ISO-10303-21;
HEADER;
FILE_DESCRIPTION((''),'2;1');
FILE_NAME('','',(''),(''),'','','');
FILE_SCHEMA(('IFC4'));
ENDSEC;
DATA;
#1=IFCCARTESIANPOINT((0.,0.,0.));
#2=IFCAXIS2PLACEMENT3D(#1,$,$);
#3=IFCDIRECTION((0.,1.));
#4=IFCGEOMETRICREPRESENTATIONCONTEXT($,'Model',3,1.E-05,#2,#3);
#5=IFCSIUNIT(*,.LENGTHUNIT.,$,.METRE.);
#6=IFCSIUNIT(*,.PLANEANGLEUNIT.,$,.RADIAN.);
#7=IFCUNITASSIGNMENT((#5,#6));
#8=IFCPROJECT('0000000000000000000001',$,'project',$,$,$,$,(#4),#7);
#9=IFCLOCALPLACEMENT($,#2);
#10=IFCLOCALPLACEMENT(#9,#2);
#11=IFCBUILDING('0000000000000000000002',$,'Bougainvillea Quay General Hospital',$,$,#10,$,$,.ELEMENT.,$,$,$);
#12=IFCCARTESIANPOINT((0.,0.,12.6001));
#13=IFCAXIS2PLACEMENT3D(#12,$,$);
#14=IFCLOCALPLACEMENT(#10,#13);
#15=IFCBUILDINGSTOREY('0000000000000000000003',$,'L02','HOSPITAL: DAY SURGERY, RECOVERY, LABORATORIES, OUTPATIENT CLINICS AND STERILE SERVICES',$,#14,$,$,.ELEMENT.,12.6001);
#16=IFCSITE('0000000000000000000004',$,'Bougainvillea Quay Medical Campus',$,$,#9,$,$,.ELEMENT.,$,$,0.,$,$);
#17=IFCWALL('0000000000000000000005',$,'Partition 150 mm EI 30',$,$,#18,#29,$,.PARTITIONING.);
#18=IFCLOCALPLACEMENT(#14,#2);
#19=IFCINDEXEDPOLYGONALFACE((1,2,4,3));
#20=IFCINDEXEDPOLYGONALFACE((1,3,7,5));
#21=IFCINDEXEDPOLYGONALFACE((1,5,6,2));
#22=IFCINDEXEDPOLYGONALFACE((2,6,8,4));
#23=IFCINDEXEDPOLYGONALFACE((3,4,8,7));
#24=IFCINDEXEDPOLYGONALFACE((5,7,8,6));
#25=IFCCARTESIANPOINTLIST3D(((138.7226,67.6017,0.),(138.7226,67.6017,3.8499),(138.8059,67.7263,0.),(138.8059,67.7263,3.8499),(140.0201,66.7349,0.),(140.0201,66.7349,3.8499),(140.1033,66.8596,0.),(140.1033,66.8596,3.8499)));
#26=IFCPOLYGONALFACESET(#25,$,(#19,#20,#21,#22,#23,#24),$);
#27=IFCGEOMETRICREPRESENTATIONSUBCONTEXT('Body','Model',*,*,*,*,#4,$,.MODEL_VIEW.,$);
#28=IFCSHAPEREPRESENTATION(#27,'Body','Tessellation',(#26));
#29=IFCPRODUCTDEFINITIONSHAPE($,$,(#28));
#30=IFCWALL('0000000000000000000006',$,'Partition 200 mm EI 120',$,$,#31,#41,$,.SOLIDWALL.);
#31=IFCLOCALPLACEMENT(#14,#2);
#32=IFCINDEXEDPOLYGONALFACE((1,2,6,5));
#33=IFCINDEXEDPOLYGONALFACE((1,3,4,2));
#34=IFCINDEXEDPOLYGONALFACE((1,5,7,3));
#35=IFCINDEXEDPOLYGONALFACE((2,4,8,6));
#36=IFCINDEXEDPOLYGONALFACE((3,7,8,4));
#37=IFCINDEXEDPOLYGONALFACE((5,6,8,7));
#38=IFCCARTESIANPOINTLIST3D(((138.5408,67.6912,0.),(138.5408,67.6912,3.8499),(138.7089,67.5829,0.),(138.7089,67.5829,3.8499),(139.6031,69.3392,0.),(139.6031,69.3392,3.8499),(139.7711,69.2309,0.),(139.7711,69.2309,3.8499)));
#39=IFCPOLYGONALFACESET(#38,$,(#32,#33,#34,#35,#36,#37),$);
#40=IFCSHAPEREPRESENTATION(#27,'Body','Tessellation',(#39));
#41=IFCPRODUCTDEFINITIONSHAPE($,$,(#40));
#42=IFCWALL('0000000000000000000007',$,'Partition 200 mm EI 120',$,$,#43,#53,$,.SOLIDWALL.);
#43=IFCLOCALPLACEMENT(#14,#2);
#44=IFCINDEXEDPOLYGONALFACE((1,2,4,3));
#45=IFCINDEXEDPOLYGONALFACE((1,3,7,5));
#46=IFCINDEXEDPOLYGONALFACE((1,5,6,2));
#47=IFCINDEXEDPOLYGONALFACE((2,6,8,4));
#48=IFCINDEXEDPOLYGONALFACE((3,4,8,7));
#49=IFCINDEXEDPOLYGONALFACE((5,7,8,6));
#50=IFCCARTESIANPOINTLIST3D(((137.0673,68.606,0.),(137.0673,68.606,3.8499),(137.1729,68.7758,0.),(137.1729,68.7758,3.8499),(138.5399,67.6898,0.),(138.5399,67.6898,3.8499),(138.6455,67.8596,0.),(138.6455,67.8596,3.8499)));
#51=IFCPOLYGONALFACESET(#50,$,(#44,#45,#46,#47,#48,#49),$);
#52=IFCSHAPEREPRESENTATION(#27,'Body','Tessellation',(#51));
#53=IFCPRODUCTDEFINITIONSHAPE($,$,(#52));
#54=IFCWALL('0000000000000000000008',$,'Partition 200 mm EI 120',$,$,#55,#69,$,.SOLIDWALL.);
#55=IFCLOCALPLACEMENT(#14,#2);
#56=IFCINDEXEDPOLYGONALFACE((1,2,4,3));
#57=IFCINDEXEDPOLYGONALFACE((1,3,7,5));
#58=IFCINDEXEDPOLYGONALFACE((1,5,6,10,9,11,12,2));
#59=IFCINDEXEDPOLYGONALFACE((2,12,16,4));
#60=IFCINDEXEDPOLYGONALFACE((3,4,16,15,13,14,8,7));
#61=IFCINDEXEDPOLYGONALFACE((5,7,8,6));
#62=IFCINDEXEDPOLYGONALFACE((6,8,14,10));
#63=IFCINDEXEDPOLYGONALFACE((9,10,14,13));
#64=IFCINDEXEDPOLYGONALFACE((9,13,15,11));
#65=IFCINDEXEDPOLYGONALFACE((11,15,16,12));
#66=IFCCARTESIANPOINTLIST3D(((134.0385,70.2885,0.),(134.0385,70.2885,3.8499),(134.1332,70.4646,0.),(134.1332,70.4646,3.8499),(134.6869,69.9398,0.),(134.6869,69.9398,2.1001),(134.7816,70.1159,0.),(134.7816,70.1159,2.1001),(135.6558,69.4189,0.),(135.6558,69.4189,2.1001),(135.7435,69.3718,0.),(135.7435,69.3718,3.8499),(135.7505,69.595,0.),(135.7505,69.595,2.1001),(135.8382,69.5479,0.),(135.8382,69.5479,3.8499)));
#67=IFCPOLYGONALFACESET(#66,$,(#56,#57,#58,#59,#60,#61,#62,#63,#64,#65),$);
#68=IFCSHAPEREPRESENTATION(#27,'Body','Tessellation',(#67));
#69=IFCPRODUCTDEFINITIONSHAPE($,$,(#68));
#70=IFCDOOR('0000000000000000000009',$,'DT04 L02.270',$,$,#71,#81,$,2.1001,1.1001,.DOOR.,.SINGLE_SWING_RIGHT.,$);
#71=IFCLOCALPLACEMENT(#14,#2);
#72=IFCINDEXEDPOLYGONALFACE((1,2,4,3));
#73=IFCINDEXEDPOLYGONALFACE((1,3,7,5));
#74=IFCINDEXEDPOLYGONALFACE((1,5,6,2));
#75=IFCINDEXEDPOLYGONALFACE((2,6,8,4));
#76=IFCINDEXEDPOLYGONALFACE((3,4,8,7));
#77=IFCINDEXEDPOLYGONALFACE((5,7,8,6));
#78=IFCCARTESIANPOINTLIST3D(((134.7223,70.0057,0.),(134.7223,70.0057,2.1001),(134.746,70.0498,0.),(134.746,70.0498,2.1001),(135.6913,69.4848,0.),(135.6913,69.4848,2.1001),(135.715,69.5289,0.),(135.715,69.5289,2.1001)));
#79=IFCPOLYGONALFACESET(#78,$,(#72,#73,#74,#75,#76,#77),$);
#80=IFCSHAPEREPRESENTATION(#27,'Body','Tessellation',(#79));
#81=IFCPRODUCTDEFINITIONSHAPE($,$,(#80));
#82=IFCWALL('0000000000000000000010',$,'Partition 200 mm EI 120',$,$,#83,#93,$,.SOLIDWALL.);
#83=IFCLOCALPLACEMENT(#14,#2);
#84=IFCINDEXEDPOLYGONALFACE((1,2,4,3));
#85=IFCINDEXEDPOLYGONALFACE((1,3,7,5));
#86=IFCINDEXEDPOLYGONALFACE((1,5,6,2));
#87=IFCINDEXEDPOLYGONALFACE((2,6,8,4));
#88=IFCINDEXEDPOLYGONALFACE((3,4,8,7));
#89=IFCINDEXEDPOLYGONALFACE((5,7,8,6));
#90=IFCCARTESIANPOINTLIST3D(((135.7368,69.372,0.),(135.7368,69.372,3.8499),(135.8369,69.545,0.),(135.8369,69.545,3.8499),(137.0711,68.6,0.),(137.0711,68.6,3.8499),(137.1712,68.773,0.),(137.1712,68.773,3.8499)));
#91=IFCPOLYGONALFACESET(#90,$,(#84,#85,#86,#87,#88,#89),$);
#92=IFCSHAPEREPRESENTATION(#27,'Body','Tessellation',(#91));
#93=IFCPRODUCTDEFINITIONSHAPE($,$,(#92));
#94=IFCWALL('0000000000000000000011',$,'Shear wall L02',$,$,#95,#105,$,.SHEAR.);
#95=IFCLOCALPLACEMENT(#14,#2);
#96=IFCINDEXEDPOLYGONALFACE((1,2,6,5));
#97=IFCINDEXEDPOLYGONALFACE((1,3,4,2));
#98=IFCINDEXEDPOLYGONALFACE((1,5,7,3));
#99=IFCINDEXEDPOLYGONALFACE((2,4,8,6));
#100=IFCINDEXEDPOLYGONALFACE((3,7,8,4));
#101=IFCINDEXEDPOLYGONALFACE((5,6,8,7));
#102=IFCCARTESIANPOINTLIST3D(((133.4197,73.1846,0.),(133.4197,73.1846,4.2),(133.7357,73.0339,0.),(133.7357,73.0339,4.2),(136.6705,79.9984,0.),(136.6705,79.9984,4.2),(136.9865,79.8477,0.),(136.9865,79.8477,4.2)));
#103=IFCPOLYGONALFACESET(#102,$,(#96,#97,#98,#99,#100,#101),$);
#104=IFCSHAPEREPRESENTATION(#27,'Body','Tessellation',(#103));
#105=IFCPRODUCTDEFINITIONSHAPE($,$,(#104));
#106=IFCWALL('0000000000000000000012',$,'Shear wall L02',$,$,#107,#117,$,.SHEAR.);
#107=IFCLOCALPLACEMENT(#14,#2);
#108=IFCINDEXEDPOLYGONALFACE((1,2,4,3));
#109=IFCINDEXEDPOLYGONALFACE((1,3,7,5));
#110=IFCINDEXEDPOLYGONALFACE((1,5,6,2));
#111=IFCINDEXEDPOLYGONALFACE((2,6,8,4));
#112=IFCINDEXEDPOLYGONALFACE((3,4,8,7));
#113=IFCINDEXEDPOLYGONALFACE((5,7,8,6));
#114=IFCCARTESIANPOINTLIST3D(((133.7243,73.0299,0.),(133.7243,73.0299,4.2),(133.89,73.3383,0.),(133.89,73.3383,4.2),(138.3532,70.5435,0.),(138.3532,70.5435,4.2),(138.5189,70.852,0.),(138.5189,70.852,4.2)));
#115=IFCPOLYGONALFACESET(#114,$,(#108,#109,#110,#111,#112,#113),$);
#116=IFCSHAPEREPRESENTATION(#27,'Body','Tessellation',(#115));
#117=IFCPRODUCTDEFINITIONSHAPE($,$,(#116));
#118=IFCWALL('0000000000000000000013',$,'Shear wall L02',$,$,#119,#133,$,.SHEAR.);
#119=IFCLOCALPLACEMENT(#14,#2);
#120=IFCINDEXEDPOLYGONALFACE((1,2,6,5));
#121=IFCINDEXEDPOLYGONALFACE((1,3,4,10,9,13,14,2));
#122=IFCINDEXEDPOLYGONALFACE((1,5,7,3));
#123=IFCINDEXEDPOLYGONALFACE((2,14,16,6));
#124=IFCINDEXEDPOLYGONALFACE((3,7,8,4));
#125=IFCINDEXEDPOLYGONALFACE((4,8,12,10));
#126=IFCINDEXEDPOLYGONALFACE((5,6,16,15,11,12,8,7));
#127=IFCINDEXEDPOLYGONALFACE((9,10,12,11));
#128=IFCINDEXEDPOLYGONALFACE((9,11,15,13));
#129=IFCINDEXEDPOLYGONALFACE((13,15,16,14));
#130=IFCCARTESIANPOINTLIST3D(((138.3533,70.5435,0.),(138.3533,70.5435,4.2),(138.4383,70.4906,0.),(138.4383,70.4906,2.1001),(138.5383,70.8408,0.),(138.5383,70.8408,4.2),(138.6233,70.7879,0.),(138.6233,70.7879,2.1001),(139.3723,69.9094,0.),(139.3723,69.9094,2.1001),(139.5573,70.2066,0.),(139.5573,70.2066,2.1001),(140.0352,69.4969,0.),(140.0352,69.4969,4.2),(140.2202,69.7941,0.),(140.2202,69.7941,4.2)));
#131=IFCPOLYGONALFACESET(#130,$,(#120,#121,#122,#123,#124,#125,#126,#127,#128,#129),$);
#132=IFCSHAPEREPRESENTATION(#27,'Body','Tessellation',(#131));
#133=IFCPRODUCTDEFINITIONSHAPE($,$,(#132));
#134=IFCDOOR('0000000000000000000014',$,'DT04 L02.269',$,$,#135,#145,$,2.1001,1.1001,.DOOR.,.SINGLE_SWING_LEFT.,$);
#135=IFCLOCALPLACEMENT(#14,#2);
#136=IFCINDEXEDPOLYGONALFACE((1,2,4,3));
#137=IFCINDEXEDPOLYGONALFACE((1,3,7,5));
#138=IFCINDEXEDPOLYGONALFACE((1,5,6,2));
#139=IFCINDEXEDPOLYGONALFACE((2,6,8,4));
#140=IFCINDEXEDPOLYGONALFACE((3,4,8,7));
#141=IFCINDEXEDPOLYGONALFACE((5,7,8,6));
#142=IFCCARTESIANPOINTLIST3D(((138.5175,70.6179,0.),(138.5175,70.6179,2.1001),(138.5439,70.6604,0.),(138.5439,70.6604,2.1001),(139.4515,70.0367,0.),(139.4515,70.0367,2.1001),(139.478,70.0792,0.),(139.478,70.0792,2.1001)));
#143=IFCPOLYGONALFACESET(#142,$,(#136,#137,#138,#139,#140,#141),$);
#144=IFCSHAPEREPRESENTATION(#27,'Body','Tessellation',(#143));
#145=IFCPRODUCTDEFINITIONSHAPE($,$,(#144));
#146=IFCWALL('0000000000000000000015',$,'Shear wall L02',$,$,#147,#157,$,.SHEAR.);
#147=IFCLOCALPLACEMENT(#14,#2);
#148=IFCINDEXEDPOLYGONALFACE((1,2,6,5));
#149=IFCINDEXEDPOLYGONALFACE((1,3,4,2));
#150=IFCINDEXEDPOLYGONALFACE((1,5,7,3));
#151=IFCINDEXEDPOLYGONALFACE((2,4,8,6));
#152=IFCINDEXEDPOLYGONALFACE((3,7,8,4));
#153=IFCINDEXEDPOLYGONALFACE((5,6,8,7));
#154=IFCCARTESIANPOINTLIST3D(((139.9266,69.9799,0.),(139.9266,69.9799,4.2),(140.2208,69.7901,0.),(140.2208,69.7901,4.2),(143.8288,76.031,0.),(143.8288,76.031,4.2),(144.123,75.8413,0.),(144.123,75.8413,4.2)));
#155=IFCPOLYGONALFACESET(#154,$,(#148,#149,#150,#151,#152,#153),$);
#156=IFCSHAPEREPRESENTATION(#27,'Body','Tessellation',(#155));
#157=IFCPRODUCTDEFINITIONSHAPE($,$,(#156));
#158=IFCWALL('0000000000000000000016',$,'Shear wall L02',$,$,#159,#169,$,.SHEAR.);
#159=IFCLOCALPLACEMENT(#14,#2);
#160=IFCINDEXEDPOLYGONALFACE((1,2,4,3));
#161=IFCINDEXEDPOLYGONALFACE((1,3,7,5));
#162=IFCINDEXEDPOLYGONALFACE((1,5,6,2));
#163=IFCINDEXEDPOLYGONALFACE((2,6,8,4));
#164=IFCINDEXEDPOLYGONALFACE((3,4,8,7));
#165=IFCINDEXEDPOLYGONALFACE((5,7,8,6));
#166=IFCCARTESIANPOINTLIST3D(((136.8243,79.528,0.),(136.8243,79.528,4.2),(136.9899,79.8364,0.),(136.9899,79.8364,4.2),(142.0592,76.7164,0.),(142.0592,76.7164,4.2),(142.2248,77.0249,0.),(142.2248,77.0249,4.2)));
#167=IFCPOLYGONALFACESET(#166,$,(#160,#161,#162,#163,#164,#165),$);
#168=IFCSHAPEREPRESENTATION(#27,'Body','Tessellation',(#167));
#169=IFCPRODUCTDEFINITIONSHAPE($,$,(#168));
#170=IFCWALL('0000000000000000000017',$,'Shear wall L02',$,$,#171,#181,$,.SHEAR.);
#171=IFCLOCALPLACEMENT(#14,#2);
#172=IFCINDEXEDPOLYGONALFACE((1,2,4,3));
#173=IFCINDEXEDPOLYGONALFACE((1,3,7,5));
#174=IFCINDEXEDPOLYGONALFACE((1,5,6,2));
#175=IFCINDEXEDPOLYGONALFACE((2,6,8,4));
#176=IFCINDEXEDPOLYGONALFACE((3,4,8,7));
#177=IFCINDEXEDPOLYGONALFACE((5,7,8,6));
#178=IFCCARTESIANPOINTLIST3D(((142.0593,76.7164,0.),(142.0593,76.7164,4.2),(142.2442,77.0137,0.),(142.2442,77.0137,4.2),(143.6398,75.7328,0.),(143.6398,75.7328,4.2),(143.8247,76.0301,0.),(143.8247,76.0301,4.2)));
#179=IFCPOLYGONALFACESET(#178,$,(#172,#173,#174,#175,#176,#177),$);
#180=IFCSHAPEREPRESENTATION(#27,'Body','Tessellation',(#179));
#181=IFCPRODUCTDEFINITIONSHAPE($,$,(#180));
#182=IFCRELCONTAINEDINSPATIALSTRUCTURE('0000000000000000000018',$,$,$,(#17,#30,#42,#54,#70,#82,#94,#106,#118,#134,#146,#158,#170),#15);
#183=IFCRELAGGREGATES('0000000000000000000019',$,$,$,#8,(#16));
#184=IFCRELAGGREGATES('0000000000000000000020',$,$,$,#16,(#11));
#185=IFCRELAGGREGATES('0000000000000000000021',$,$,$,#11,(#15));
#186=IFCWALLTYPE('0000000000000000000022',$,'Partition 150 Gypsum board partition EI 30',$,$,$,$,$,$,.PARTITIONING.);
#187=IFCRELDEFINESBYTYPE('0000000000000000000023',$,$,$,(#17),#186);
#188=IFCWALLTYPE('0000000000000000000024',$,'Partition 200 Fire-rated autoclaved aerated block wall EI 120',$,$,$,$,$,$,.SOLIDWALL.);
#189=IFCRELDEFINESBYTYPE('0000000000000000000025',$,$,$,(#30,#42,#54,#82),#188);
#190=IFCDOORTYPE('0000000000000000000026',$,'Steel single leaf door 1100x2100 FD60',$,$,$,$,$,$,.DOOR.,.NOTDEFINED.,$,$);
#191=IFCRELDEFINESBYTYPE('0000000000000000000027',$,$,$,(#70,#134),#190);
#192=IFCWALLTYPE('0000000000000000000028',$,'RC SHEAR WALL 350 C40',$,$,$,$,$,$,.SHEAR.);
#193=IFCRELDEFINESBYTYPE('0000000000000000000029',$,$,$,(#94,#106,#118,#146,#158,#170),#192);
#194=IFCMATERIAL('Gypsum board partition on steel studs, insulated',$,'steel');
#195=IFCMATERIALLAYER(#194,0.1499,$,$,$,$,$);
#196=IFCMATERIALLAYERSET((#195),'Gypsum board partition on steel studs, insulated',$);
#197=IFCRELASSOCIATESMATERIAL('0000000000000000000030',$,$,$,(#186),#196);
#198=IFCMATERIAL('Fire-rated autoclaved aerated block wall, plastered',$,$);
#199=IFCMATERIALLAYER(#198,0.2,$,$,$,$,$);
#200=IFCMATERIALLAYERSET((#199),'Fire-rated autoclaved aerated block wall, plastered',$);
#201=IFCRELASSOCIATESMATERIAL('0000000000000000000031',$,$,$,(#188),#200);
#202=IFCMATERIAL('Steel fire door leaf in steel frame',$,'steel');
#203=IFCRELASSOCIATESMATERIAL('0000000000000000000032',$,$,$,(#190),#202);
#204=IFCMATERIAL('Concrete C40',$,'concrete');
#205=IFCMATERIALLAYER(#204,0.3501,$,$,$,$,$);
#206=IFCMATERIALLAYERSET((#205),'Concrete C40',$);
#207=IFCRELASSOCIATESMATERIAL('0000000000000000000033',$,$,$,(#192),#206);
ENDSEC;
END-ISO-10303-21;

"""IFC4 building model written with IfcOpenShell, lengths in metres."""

from ifc_helpers import new_model, si_unit, direction, frame, frame_2d, origin, place, context, subcontext, project, spatial, rectangle, extrude, material, layer, layer_set, type_object, element, fill, save


model = new_model("IFC4")

# Units and contexts
model_context = context("Model", 3, precision=1e-05, world=origin(), true_north=direction((0.0, 1.0)))
body_context = subcontext(model_context, "Body", "Model", "MODEL_VIEW")
ifc_project = project(units=[si_unit("LENGTHUNIT", "METRE"), si_unit("PLANEANGLEUNIT", "RADIAN")], contexts=[model_context])

# Site, building, storey
site_placement = place(None, origin())
site = spatial("IfcSite", under=ifc_project, at=site_placement, Name="Bougainvillea Quay Medical Campus", CompositionType="ELEMENT", RefElevation=0.0)
building_placement = place(site_placement, origin())
building = spatial("IfcBuilding", under=site, at=building_placement, Name="Bougainvillea Quay General Hospital", CompositionType="ELEMENT")
storey_placement = place(building_placement, frame((0.0, 0.0, 12.6001)))
storey = spatial("IfcBuildingStorey", under=building, at=storey_placement, Name="L02", Description="HOSPITAL: DAY SURGERY, RECOVERY, LABORATORIES, OUTPATIENT CLINICS AND STERILE SERVICES", CompositionType="ELEMENT", Elevation=12.6001)

# Shared definitions
ifc_material_1 = material(Name="Concrete C40", Category="concrete")

# Shared definitions
ifc_material_2 = material(Name="Gypsum board partition on steel studs, insulated", Category="steel")
ifc_layer_1 = layer(ifc_material_2, 0.1499)
ifc_layer_set_1 = layer_set([ifc_layer_1], Name="Gypsum board partition on steel studs, insulated")
wall_type_1 = type_object("IfcWallType", Name="Partition 150 Gypsum board partition EI 30", PredefinedType="PARTITIONING", material=ifc_layer_set_1)

# Walls
wall_1_placement = place(storey_placement, frame((138.7642, 67.6641, 0.0), z_axis=(0.0, 0.0, 1.0), x_axis=(0.83152, -0.555494, 0.0)))
element("IfcWall", 1, at=wall_1_placement, inside=storey, type_object=wall_type_1, Name="Partition 150 mm EI 30", PredefinedType="PARTITIONING", context=body_context, shape_type="SweptSolid", body=[
    extrude(rectangle(XDim=1.5603, YDim=0.1499, at=frame_2d((0.7803, 0.0))), origin(), (0.0, 0.0, 1.0), 3.8499),
])
ifc_material_3 = material(Name="Fire-rated autoclaved aerated block wall, plastered")
ifc_layer_2 = layer(ifc_material_3, 0.2)
ifc_layer_set_2 = layer_set([ifc_layer_2], Name="Fire-rated autoclaved aerated block wall, plastered")
wall_type_2 = type_object("IfcWallType", Name="Partition 200 Fire-rated autoclaved aerated block wall EI 120", PredefinedType="SOLIDWALL", material=ifc_layer_set_2)
wall_2_placement = place(storey_placement, frame((138.6248, 67.637, 0.0), z_axis=(0.0, 0.0, 1.0), x_axis=(0.541789, 0.840514, 0.0)))
element("IfcWall", 2, at=wall_2_placement, inside=storey, type_object=wall_type_2, Name="Partition 200 mm EI 120", PredefinedType="SOLIDWALL", context=body_context, shape_type="SweptSolid", body=[
    extrude(rectangle(XDim=1.9607, YDim=0.2, at=frame_2d((0.9805, 0.0))), origin(), (0.0, 0.0, 1.0), 3.8499),
])
wall_3_placement = place(storey_placement, frame((137.1201, 68.6909, 0.0), z_axis=(0.0, 0.0, 1.0), x_axis=(0.849072, -0.528277, 0.0)))
element("IfcWall", 3, at=wall_3_placement, inside=storey, type_object=wall_type_2, Name="Partition 200 mm EI 120", PredefinedType="SOLIDWALL", context=body_context, shape_type="SweptSolid", body=[
    extrude(rectangle(XDim=1.7344, YDim=0.2, at=frame_2d((0.8672, 0.0))), origin(), (0.0, 0.0, 1.0), 3.8499),
])

# Wall, opening, door
wall_4_placement = place(storey_placement, frame((134.0859, 70.3765, 0.0), z_axis=(0.0, 0.0, 1.0), x_axis=(0.880767, -0.473551, 0.0)))
wall_4 = element("IfcWall", 4, at=wall_4_placement, inside=storey, type_object=wall_type_2, Name="Partition 200 mm EI 120", PredefinedType="SOLIDWALL", context=body_context, shape_type="SweptSolid", body=[
    extrude(rectangle(XDim=1.9358, YDim=0.2, at=frame_2d((0.9678, 0.0))), origin(), (0.0, 0.0, 1.0), 3.8499),
])
opening_1_placement = place(wall_4_placement, frame((0.7361, 0.0, 0.0)))
opening_1 = element("IfcOpeningElement", 5, at=opening_1_placement, cuts=wall_4, PredefinedType="OPENING", context=body_context, shape_type="SweptSolid", body=[
    extrude(rectangle(XDim=1.1001, YDim=2.1001, at=frame_2d((0.55, 1.05))), frame((0.0, 0.1099, 0.0), z_axis=(0.0, -1.0, 0.0), x_axis=(1.0, 0.0, 0.0)), (0.0, 0.0, 1.0), 0.22),
])
ifc_material_4 = material(Name="Steel fire door leaf in steel frame", Category="steel")
door_type_1 = type_object("IfcDoorType", Name="Steel single leaf door 1100x2100 FD60", OperationType="NOTDEFINED", PredefinedType="DOOR", material=ifc_material_4)
door_1_placement = place(opening_1_placement, origin())
door_1 = element("IfcDoor", 6, at=door_1_placement, inside=storey, type_object=door_type_1, Name="DT04 L02.270", OperationType="SINGLE_SWING_RIGHT", OverallHeight=2.1001, OverallWidth=1.1001, PredefinedType="DOOR", context=body_context, shape_type="SweptSolid", body=[
    extrude(rectangle(XDim=1.1001, YDim=2.1001, at=frame_2d((0.55, 1.05))), frame((0.0, 0.0249, 0.0), z_axis=(0.0, -1.0, 0.0), x_axis=(1.0, 0.0, 0.0)), (0.0, 0.0, 1.0), 0.05),
])
fill(opening_1, door_1)

# Walls
wall_5_placement = place(storey_placement, frame((135.7869, 69.4585, 0.0), z_axis=(0.0, 0.0, 1.0), x_axis=(0.86556, -0.500805, 0.0)))
element("IfcWall", 7, at=wall_5_placement, inside=storey, type_object=wall_type_2, Name="Partition 200 mm EI 120", PredefinedType="SOLIDWALL", context=body_context, shape_type="SweptSolid", body=[
    extrude(rectangle(XDim=1.5415, YDim=0.2, at=frame_2d((0.7708, 0.0))), origin(), (0.0, 0.0, 1.0), 3.8499),
])
ifc_layer_3 = layer(ifc_material_1, 0.3501)
ifc_layer_set_3 = layer_set([ifc_layer_3], Name="Concrete C40")
wall_type_3 = type_object("IfcWallType", Name="RC SHEAR WALL 350 C40", PredefinedType="SHEAR", material=ifc_layer_set_3)
wall_6_placement = place(storey_placement, frame((133.5776, 73.1091, 0.0), z_axis=(0.0, 0.0, 1.0), x_axis=(0.430592, 0.902546, 0.0)))
element("IfcWall", 8, at=wall_6_placement, inside=storey, type_object=wall_type_3, Name="Shear wall L02", PredefinedType="SHEAR", context=body_context, shape_type="SweptSolid", body=[
    extrude(rectangle(XDim=7.5496, YDim=0.3501, at=frame_2d((3.7749, 0.0))), origin(), (0.0, 0.0, 1.0), 4.2),
])
wall_7_placement = place(storey_placement, frame((138.436, 70.6978, 0.0), z_axis=(0.0, 0.0, 1.0), x_axis=(-0.88096, 0.473191, 0.0)))
element("IfcWall", 9, at=wall_7_placement, inside=storey, type_object=wall_type_3, Name="Shear wall L02", PredefinedType="SHEAR", context=body_context, shape_type="SweptSolid", body=[
    extrude(rectangle(XDim=5.2544, YDim=0.3501, at=frame_2d((2.6272, 0.0))), origin(), (0.0, 0.0, 1.0), 4.2),
])

# Wall, opening, door
wall_8_placement = place(storey_placement, frame((138.4458, 70.6921, 0.0), z_axis=(0.0, 0.0, 1.0), x_axis=(0.849028, -0.528347, 0.0)))
wall_8 = element("IfcWall", 10, at=wall_8_placement, inside=storey, type_object=wall_type_3, Name="Shear wall L02", PredefinedType="SHEAR", context=body_context, shape_type="SweptSolid", body=[
    extrude(rectangle(XDim=1.981, YDim=0.3501, at=frame_2d((0.9905, 0.0))), origin(), (0.0, 0.0, 1.0), 4.2),
])
opening_2_placement = place(wall_8_placement, frame((0.1001, 0.0, 0.0)))
opening_2 = element("IfcOpeningElement", 11, at=opening_2_placement, cuts=wall_8, PredefinedType="OPENING", context=body_context, shape_type="SweptSolid", body=[
    extrude(rectangle(XDim=1.1001, YDim=2.1001, at=frame_2d((0.55, 1.05))), frame((0.0, 0.1851, 0.0), z_axis=(0.0, -1.0, 0.0), x_axis=(1.0, 0.0, 0.0)), (0.0, 0.0, 1.0), 0.3701),
])
door_2_placement = place(opening_2_placement, origin())
door_2 = element("IfcDoor", 12, at=door_2_placement, inside=storey, type_object=door_type_1, Name="DT04 L02.269", OperationType="SINGLE_SWING_LEFT", OverallHeight=2.1001, OverallWidth=1.1001, PredefinedType="DOOR", context=body_context, shape_type="SweptSolid", body=[
    extrude(rectangle(XDim=1.1001, YDim=2.1001, at=frame_2d((0.55, 1.05))), frame((0.0, 0.0249, 0.0), z_axis=(0.0, -1.0, 0.0), x_axis=(1.0, 0.0, 0.0)), (0.0, 0.0, 1.0), 0.05),
])
fill(opening_2, door_2)

# Walls
wall_9_placement = place(storey_placement, frame((140.0737, 69.885, 0.0), z_axis=(0.0, 0.0, 1.0), x_axis=(0.541952, 0.84041, 0.0)))
element("IfcWall", 13, at=wall_9_placement, inside=storey, type_object=wall_type_3, Name="Shear wall L02", PredefinedType="SHEAR", context=body_context, shape_type="SweptSolid", body=[
    extrude(rectangle(XDim=7.2002, YDim=0.3501, at=frame_2d((3.6001, 0.0))), origin(), (0.0, 0.0, 1.0), 4.2),
])
wall_10_placement = place(storey_placement, frame((142.1421, 76.8706, 0.0), z_axis=(0.0, 0.0, 1.0), x_axis=(-0.88098, 0.473154, 0.0)))
element("IfcWall", 14, at=wall_10_placement, inside=storey, type_object=wall_type_3, Name="Shear wall L02", PredefinedType="SHEAR", context=body_context, shape_type="SweptSolid", body=[
    extrude(rectangle(XDim=5.9421, YDim=0.3501, at=frame_2d((2.9712, 0.0))), origin(), (0.0, 0.0, 1.0), 4.2),
])
wall_11_placement = place(storey_placement, frame((142.1519, 76.865, 0.0), z_axis=(0.0, 0.0, 1.0), x_axis=(0.849013, -0.528371, 0.0)))
element("IfcWall", 15, at=wall_11_placement, inside=storey, type_object=wall_type_3, Name="Shear wall L02", PredefinedType="SHEAR", context=body_context, shape_type="SweptSolid", body=[
    extrude(rectangle(XDim=1.8616, YDim=0.3501, at=frame_2d((0.9307, 0.0))), origin(), (0.0, 0.0, 1.0), 4.2),
])

save(model, "model.ifc")
